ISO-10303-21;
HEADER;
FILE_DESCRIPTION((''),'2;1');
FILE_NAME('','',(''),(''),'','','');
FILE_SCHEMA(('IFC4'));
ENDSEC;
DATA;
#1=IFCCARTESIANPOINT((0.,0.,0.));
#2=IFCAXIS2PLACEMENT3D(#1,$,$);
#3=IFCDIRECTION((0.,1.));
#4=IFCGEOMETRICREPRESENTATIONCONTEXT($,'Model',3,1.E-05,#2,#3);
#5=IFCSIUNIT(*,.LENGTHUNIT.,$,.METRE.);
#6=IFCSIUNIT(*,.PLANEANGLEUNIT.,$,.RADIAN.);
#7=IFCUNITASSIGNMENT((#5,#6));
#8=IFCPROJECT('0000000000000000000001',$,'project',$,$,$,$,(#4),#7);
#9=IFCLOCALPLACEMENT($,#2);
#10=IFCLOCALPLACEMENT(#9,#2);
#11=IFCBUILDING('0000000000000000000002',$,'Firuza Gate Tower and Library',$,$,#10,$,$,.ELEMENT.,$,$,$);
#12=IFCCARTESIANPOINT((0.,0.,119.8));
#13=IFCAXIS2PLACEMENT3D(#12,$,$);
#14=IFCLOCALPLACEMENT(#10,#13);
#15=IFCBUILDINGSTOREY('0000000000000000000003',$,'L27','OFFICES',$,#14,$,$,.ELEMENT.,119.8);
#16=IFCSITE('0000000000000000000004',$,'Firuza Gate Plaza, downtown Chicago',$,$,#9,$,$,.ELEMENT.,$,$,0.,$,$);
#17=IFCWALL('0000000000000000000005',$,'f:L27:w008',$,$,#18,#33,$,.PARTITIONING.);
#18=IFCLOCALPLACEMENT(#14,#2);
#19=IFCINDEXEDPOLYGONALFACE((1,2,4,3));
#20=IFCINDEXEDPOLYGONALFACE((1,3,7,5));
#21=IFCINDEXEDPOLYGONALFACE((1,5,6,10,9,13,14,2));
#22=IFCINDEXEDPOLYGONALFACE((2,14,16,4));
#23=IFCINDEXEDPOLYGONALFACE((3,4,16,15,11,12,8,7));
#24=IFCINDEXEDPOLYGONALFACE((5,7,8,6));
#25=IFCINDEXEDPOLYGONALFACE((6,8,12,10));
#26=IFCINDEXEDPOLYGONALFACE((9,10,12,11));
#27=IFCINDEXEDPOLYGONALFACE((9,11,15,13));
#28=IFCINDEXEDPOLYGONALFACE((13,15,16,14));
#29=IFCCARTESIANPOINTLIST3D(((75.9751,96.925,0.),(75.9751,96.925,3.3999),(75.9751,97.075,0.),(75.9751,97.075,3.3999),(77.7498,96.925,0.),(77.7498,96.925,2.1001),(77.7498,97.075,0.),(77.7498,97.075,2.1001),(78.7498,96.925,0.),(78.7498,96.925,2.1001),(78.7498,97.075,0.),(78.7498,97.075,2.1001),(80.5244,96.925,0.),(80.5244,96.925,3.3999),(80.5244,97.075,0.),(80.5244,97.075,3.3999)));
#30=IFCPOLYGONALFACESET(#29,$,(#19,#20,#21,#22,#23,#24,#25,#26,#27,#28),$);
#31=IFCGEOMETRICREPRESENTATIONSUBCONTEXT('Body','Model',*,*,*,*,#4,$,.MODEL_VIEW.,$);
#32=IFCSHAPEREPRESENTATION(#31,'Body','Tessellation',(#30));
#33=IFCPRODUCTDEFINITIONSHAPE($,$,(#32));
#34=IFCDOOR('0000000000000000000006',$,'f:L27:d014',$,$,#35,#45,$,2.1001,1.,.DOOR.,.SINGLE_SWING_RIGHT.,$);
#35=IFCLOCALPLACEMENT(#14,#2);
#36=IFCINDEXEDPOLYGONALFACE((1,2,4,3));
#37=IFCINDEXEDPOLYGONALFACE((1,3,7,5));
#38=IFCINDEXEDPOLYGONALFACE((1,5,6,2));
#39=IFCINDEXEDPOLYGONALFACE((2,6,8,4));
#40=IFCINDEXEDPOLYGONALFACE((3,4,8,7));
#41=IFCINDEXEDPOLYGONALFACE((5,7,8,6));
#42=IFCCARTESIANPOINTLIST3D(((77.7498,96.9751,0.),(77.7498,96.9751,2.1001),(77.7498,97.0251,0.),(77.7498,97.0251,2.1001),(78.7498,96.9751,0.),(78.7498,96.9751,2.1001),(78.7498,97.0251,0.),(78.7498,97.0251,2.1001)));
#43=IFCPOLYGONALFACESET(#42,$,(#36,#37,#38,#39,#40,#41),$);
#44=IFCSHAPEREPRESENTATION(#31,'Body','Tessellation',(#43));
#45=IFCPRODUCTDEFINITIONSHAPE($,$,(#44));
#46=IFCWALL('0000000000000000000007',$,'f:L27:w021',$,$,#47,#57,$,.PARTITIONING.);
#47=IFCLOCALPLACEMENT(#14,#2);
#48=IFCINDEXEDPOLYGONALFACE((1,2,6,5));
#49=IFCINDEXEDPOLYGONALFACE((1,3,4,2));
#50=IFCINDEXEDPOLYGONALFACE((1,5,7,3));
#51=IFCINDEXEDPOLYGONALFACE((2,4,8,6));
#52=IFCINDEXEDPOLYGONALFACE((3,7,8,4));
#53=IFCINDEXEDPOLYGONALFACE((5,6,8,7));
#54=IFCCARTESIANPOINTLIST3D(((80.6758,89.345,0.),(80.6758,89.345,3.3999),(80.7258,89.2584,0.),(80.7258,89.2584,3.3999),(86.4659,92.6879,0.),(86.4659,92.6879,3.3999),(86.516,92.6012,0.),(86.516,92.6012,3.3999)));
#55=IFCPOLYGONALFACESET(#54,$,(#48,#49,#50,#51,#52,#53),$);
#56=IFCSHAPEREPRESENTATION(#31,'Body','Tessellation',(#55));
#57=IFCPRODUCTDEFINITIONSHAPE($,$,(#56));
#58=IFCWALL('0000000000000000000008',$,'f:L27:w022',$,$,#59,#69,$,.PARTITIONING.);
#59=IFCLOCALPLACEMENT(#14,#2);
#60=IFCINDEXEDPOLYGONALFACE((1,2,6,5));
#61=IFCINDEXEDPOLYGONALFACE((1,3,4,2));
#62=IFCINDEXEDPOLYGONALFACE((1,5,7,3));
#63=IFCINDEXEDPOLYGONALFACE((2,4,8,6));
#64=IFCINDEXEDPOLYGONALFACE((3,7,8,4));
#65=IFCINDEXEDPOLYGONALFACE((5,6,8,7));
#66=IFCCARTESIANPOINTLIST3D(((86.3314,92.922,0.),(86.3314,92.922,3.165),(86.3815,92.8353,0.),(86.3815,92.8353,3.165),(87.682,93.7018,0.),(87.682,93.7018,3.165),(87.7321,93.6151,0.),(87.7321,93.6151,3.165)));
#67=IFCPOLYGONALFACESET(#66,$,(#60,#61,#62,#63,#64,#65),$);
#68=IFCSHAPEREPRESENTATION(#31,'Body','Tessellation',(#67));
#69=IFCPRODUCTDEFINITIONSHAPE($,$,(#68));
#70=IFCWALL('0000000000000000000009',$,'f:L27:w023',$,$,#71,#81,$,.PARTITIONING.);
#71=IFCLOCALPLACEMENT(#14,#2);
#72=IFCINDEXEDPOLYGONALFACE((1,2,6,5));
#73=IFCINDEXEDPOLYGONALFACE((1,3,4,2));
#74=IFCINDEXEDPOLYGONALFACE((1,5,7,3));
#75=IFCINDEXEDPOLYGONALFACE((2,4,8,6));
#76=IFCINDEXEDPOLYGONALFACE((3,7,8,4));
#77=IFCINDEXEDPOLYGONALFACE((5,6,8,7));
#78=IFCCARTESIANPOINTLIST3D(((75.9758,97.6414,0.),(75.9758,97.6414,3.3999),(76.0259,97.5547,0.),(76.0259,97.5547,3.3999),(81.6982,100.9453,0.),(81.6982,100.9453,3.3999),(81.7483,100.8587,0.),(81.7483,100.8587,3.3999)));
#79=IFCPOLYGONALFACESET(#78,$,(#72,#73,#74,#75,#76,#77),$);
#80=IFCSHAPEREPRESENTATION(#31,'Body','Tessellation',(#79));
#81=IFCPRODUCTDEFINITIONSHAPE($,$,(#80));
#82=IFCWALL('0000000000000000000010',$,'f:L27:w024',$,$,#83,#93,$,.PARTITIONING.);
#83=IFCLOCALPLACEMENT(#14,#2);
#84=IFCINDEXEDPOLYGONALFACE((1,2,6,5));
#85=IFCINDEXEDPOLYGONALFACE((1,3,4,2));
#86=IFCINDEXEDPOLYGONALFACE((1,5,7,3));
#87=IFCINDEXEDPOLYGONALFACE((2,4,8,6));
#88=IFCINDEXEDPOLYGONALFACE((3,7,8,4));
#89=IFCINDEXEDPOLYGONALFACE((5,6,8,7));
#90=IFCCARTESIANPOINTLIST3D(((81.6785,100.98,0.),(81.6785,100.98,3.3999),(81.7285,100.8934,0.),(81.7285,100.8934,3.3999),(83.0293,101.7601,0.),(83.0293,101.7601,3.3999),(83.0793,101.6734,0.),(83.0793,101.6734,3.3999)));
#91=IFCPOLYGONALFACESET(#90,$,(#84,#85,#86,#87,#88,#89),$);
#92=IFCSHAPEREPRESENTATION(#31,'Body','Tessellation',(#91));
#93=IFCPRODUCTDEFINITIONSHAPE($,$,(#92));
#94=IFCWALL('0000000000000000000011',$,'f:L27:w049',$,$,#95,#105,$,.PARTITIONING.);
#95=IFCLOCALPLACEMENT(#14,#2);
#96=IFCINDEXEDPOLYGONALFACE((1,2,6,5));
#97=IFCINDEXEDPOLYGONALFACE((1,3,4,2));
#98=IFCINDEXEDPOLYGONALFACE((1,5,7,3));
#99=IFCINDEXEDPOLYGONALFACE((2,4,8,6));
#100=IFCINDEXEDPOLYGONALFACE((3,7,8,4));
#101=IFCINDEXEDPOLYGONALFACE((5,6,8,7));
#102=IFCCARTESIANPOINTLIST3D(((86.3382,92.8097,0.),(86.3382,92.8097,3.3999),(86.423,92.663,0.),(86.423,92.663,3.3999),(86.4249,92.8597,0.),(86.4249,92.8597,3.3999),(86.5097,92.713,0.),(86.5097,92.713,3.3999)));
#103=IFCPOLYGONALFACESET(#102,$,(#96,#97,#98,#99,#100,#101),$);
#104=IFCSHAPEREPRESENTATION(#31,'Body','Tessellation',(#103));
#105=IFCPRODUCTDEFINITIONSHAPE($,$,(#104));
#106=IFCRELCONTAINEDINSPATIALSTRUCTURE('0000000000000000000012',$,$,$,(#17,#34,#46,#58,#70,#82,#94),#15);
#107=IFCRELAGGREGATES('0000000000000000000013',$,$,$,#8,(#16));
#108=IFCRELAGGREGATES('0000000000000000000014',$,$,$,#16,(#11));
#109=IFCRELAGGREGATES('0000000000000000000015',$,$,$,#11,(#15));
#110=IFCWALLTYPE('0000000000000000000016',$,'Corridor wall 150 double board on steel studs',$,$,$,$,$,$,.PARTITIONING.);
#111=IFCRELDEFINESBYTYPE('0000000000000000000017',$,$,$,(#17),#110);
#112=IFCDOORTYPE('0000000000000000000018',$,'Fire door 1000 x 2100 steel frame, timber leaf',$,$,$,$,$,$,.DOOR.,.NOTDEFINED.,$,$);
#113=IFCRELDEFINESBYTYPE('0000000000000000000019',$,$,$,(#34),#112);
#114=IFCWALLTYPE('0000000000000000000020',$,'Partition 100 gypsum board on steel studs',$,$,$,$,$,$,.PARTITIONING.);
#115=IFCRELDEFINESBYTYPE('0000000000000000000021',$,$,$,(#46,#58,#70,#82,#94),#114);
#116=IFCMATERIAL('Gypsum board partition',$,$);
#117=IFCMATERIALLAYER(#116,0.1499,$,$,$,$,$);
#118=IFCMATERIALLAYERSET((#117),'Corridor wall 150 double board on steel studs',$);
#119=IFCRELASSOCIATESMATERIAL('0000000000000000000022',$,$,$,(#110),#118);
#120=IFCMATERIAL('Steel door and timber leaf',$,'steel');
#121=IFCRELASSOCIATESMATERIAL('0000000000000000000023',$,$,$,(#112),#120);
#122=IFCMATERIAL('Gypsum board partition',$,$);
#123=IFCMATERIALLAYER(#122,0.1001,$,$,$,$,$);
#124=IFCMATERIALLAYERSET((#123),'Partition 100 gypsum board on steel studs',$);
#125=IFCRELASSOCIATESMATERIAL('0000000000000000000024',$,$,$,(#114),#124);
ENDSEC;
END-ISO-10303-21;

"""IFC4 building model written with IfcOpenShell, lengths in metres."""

from ifc_helpers import new_model, si_unit, direction, frame, frame_2d, origin, place, context, subcontext, project, spatial, rectangle, extrude, material, layer, layer_set, type_object, element, fill, save


model = new_model("IFC4")

# Units and contexts
model_context = context("Model", 3, precision=1e-05, world=origin(), true_north=direction((0.0, 1.0)))
body_context = subcontext(model_context, "Body", "Model", "MODEL_VIEW")
ifc_project = project(units=[si_unit("LENGTHUNIT", "METRE"), si_unit("PLANEANGLEUNIT", "RADIAN")], contexts=[model_context])

# Site, building, storey
site_placement = place(None, origin())
site = spatial("IfcSite", under=ifc_project, at=site_placement, Name="Firuza Gate Plaza, downtown Chicago", CompositionType="ELEMENT", RefElevation=0.0)
building_placement = place(site_placement, origin())
building = spatial("IfcBuilding", under=site, at=building_placement, Name="Firuza Gate Tower and Library", CompositionType="ELEMENT")
storey_placement = place(building_placement, frame((0.0, 0.0, 119.8)))
storey = spatial("IfcBuildingStorey", under=building, at=storey_placement, Name="L27", Description="OFFICES", CompositionType="ELEMENT", Elevation=119.8)

# Wall, opening, door
ifc_material_1 = material(Name="Gypsum board partition")
ifc_layer_1 = layer(ifc_material_1, 0.1499)
ifc_layer_set_1 = layer_set([ifc_layer_1], Name="Corridor wall 150 double board on steel studs")
wall_type_1 = type_object("IfcWallType", Name="Corridor wall 150 double board on steel studs", PredefinedType="PARTITIONING", material=ifc_layer_set_1)
wall_1_placement = place(storey_placement, frame((80.5244, 97.0, 0.0), z_axis=(0.0, 0.0, 1.0), x_axis=(-1.0, 0.0, 0.0)))
wall_1 = element("IfcWall", 1, at=wall_1_placement, inside=storey, type_object=wall_type_1, Name="f:L27:w008", PredefinedType="PARTITIONING", context=body_context, shape_type="SweptSolid", body=[
    extrude(rectangle(XDim=4.5493, YDim=0.1499, at=frame_2d((2.2747, 0.0))), origin(), (0.0, 0.0, 1.0), 3.3999),
])
opening_1_placement = place(wall_1_placement, frame((1.7747, 0.0, 0.0)))
opening_1 = element("IfcOpeningElement", 2, at=opening_1_placement, cuts=wall_1, PredefinedType="OPENING", context=body_context, shape_type="SweptSolid", body=[
    extrude(rectangle(XDim=1.0, YDim=2.1001, at=frame_2d((0.5, 1.05))), frame((0.0, 0.085, 0.0), z_axis=(0.0, -1.0, 0.0), x_axis=(1.0, 0.0, 0.0)), (0.0, 0.0, 1.0), 0.1699),
])
ifc_material_2 = material(Name="Steel door and timber leaf", Category="steel")
door_type_1 = type_object("IfcDoorType", Name="Fire door 1000 x 2100 steel frame, timber leaf", OperationType="NOTDEFINED", PredefinedType="DOOR", material=ifc_material_2)
door_1_placement = place(opening_1_placement, origin())
door_1 = element("IfcDoor", 3, at=door_1_placement, inside=storey, type_object=door_type_1, Name="f:L27:d014", OperationType="SINGLE_SWING_RIGHT", OverallHeight=2.1001, OverallWidth=1.0, PredefinedType="DOOR", context=body_context, shape_type="SweptSolid", body=[
    extrude(rectangle(XDim=1.0, YDim=2.1001, at=frame_2d((0.5, 1.05))), frame((0.0, 0.0249, 0.0), z_axis=(0.0, -1.0, 0.0), x_axis=(1.0, 0.0, 0.0)), (0.0, 0.0, 1.0), 0.05),
])
fill(opening_1, door_1)

# Walls
ifc_material_3 = material(Name="Gypsum board partition")
ifc_layer_2 = layer(ifc_material_3, 0.1001)
ifc_layer_set_2 = layer_set([ifc_layer_2], Name="Partition 100 gypsum board on steel studs")
wall_type_2 = type_object("IfcWallType", Name="Partition 100 gypsum board on steel studs", PredefinedType="PARTITIONING", material=ifc_layer_set_2)
wall_2_placement = place(storey_placement, frame((80.7009, 89.3018, 0.0), z_axis=(0.0, 0.0, 1.0), x_axis=(0.866032, 0.499988, 0.0)))
element("IfcWall", 4, at=wall_2_placement, inside=storey, type_object=wall_type_2, Name="f:L27:w021", PredefinedType="PARTITIONING", context=body_context, shape_type="SweptSolid", body=[
    extrude(rectangle(XDim=6.6858, YDim=0.1001, at=frame_2d((3.3428, 0.0))), origin(), (0.0, 0.0, 1.0), 3.3999),
])
wall_3_placement = place(storey_placement, frame((86.3564, 92.8787, 0.0), z_axis=(0.0, 0.0, 1.0), x_axis=(0.866019, 0.500012, 0.0)))
element("IfcWall", 5, at=wall_3_placement, inside=storey, type_object=wall_type_2, Name="f:L27:w022", PredefinedType="PARTITIONING", context=body_context, shape_type="SweptSolid", body=[
    extrude(rectangle(XDim=1.5596, YDim=0.1001, at=frame_2d((0.7798, 0.0))), origin(), (0.0, 0.0, 1.0), 3.165),
])
wall_4_placement = place(storey_placement, frame((76.001, 97.5981, 0.0), z_axis=(0.0, 0.0, 1.0), x_axis=(0.866018, 0.500013, 0.0)))
element("IfcWall", 6, at=wall_4_placement, inside=storey, type_object=wall_type_2, Name="f:L27:w023", PredefinedType="PARTITIONING", context=body_context, shape_type="SweptSolid", body=[
    extrude(rectangle(XDim=6.6077, YDim=0.1001, at=frame_2d((3.3037, 0.0))), origin(), (0.0, 0.0, 1.0), 3.3999),
])
wall_5_placement = place(storey_placement, frame((81.7036, 100.9368, 0.0), z_axis=(0.0, 0.0, 1.0), x_axis=(0.86599, 0.500061, 0.0)))
element("IfcWall", 7, at=wall_5_placement, inside=storey, type_object=wall_type_2, Name="f:L27:w024", PredefinedType="PARTITIONING", context=body_context, shape_type="SweptSolid", body=[
    extrude(rectangle(XDim=1.5598, YDim=0.1001, at=frame_2d((0.7798, 0.0))), origin(), (0.0, 0.0, 1.0), 3.3999),
])
wall_6_placement = place(storey_placement, frame((86.4663, 92.688, 0.0), z_axis=(0.0, 0.0, 1.0), x_axis=(-0.500013, 0.866018, 0.0)))
element("IfcWall", 8, at=wall_6_placement, inside=storey, type_object=wall_type_2, Name="f:L27:w049", PredefinedType="PARTITIONING", context=body_context, shape_type="SweptSolid", body=[
    extrude(rectangle(XDim=0.1694, YDim=0.1001, at=frame_2d((0.0847, 0.0))), origin(), (0.0, 0.0, 1.0), 3.3999),
])

save(model, "model.ifc")
